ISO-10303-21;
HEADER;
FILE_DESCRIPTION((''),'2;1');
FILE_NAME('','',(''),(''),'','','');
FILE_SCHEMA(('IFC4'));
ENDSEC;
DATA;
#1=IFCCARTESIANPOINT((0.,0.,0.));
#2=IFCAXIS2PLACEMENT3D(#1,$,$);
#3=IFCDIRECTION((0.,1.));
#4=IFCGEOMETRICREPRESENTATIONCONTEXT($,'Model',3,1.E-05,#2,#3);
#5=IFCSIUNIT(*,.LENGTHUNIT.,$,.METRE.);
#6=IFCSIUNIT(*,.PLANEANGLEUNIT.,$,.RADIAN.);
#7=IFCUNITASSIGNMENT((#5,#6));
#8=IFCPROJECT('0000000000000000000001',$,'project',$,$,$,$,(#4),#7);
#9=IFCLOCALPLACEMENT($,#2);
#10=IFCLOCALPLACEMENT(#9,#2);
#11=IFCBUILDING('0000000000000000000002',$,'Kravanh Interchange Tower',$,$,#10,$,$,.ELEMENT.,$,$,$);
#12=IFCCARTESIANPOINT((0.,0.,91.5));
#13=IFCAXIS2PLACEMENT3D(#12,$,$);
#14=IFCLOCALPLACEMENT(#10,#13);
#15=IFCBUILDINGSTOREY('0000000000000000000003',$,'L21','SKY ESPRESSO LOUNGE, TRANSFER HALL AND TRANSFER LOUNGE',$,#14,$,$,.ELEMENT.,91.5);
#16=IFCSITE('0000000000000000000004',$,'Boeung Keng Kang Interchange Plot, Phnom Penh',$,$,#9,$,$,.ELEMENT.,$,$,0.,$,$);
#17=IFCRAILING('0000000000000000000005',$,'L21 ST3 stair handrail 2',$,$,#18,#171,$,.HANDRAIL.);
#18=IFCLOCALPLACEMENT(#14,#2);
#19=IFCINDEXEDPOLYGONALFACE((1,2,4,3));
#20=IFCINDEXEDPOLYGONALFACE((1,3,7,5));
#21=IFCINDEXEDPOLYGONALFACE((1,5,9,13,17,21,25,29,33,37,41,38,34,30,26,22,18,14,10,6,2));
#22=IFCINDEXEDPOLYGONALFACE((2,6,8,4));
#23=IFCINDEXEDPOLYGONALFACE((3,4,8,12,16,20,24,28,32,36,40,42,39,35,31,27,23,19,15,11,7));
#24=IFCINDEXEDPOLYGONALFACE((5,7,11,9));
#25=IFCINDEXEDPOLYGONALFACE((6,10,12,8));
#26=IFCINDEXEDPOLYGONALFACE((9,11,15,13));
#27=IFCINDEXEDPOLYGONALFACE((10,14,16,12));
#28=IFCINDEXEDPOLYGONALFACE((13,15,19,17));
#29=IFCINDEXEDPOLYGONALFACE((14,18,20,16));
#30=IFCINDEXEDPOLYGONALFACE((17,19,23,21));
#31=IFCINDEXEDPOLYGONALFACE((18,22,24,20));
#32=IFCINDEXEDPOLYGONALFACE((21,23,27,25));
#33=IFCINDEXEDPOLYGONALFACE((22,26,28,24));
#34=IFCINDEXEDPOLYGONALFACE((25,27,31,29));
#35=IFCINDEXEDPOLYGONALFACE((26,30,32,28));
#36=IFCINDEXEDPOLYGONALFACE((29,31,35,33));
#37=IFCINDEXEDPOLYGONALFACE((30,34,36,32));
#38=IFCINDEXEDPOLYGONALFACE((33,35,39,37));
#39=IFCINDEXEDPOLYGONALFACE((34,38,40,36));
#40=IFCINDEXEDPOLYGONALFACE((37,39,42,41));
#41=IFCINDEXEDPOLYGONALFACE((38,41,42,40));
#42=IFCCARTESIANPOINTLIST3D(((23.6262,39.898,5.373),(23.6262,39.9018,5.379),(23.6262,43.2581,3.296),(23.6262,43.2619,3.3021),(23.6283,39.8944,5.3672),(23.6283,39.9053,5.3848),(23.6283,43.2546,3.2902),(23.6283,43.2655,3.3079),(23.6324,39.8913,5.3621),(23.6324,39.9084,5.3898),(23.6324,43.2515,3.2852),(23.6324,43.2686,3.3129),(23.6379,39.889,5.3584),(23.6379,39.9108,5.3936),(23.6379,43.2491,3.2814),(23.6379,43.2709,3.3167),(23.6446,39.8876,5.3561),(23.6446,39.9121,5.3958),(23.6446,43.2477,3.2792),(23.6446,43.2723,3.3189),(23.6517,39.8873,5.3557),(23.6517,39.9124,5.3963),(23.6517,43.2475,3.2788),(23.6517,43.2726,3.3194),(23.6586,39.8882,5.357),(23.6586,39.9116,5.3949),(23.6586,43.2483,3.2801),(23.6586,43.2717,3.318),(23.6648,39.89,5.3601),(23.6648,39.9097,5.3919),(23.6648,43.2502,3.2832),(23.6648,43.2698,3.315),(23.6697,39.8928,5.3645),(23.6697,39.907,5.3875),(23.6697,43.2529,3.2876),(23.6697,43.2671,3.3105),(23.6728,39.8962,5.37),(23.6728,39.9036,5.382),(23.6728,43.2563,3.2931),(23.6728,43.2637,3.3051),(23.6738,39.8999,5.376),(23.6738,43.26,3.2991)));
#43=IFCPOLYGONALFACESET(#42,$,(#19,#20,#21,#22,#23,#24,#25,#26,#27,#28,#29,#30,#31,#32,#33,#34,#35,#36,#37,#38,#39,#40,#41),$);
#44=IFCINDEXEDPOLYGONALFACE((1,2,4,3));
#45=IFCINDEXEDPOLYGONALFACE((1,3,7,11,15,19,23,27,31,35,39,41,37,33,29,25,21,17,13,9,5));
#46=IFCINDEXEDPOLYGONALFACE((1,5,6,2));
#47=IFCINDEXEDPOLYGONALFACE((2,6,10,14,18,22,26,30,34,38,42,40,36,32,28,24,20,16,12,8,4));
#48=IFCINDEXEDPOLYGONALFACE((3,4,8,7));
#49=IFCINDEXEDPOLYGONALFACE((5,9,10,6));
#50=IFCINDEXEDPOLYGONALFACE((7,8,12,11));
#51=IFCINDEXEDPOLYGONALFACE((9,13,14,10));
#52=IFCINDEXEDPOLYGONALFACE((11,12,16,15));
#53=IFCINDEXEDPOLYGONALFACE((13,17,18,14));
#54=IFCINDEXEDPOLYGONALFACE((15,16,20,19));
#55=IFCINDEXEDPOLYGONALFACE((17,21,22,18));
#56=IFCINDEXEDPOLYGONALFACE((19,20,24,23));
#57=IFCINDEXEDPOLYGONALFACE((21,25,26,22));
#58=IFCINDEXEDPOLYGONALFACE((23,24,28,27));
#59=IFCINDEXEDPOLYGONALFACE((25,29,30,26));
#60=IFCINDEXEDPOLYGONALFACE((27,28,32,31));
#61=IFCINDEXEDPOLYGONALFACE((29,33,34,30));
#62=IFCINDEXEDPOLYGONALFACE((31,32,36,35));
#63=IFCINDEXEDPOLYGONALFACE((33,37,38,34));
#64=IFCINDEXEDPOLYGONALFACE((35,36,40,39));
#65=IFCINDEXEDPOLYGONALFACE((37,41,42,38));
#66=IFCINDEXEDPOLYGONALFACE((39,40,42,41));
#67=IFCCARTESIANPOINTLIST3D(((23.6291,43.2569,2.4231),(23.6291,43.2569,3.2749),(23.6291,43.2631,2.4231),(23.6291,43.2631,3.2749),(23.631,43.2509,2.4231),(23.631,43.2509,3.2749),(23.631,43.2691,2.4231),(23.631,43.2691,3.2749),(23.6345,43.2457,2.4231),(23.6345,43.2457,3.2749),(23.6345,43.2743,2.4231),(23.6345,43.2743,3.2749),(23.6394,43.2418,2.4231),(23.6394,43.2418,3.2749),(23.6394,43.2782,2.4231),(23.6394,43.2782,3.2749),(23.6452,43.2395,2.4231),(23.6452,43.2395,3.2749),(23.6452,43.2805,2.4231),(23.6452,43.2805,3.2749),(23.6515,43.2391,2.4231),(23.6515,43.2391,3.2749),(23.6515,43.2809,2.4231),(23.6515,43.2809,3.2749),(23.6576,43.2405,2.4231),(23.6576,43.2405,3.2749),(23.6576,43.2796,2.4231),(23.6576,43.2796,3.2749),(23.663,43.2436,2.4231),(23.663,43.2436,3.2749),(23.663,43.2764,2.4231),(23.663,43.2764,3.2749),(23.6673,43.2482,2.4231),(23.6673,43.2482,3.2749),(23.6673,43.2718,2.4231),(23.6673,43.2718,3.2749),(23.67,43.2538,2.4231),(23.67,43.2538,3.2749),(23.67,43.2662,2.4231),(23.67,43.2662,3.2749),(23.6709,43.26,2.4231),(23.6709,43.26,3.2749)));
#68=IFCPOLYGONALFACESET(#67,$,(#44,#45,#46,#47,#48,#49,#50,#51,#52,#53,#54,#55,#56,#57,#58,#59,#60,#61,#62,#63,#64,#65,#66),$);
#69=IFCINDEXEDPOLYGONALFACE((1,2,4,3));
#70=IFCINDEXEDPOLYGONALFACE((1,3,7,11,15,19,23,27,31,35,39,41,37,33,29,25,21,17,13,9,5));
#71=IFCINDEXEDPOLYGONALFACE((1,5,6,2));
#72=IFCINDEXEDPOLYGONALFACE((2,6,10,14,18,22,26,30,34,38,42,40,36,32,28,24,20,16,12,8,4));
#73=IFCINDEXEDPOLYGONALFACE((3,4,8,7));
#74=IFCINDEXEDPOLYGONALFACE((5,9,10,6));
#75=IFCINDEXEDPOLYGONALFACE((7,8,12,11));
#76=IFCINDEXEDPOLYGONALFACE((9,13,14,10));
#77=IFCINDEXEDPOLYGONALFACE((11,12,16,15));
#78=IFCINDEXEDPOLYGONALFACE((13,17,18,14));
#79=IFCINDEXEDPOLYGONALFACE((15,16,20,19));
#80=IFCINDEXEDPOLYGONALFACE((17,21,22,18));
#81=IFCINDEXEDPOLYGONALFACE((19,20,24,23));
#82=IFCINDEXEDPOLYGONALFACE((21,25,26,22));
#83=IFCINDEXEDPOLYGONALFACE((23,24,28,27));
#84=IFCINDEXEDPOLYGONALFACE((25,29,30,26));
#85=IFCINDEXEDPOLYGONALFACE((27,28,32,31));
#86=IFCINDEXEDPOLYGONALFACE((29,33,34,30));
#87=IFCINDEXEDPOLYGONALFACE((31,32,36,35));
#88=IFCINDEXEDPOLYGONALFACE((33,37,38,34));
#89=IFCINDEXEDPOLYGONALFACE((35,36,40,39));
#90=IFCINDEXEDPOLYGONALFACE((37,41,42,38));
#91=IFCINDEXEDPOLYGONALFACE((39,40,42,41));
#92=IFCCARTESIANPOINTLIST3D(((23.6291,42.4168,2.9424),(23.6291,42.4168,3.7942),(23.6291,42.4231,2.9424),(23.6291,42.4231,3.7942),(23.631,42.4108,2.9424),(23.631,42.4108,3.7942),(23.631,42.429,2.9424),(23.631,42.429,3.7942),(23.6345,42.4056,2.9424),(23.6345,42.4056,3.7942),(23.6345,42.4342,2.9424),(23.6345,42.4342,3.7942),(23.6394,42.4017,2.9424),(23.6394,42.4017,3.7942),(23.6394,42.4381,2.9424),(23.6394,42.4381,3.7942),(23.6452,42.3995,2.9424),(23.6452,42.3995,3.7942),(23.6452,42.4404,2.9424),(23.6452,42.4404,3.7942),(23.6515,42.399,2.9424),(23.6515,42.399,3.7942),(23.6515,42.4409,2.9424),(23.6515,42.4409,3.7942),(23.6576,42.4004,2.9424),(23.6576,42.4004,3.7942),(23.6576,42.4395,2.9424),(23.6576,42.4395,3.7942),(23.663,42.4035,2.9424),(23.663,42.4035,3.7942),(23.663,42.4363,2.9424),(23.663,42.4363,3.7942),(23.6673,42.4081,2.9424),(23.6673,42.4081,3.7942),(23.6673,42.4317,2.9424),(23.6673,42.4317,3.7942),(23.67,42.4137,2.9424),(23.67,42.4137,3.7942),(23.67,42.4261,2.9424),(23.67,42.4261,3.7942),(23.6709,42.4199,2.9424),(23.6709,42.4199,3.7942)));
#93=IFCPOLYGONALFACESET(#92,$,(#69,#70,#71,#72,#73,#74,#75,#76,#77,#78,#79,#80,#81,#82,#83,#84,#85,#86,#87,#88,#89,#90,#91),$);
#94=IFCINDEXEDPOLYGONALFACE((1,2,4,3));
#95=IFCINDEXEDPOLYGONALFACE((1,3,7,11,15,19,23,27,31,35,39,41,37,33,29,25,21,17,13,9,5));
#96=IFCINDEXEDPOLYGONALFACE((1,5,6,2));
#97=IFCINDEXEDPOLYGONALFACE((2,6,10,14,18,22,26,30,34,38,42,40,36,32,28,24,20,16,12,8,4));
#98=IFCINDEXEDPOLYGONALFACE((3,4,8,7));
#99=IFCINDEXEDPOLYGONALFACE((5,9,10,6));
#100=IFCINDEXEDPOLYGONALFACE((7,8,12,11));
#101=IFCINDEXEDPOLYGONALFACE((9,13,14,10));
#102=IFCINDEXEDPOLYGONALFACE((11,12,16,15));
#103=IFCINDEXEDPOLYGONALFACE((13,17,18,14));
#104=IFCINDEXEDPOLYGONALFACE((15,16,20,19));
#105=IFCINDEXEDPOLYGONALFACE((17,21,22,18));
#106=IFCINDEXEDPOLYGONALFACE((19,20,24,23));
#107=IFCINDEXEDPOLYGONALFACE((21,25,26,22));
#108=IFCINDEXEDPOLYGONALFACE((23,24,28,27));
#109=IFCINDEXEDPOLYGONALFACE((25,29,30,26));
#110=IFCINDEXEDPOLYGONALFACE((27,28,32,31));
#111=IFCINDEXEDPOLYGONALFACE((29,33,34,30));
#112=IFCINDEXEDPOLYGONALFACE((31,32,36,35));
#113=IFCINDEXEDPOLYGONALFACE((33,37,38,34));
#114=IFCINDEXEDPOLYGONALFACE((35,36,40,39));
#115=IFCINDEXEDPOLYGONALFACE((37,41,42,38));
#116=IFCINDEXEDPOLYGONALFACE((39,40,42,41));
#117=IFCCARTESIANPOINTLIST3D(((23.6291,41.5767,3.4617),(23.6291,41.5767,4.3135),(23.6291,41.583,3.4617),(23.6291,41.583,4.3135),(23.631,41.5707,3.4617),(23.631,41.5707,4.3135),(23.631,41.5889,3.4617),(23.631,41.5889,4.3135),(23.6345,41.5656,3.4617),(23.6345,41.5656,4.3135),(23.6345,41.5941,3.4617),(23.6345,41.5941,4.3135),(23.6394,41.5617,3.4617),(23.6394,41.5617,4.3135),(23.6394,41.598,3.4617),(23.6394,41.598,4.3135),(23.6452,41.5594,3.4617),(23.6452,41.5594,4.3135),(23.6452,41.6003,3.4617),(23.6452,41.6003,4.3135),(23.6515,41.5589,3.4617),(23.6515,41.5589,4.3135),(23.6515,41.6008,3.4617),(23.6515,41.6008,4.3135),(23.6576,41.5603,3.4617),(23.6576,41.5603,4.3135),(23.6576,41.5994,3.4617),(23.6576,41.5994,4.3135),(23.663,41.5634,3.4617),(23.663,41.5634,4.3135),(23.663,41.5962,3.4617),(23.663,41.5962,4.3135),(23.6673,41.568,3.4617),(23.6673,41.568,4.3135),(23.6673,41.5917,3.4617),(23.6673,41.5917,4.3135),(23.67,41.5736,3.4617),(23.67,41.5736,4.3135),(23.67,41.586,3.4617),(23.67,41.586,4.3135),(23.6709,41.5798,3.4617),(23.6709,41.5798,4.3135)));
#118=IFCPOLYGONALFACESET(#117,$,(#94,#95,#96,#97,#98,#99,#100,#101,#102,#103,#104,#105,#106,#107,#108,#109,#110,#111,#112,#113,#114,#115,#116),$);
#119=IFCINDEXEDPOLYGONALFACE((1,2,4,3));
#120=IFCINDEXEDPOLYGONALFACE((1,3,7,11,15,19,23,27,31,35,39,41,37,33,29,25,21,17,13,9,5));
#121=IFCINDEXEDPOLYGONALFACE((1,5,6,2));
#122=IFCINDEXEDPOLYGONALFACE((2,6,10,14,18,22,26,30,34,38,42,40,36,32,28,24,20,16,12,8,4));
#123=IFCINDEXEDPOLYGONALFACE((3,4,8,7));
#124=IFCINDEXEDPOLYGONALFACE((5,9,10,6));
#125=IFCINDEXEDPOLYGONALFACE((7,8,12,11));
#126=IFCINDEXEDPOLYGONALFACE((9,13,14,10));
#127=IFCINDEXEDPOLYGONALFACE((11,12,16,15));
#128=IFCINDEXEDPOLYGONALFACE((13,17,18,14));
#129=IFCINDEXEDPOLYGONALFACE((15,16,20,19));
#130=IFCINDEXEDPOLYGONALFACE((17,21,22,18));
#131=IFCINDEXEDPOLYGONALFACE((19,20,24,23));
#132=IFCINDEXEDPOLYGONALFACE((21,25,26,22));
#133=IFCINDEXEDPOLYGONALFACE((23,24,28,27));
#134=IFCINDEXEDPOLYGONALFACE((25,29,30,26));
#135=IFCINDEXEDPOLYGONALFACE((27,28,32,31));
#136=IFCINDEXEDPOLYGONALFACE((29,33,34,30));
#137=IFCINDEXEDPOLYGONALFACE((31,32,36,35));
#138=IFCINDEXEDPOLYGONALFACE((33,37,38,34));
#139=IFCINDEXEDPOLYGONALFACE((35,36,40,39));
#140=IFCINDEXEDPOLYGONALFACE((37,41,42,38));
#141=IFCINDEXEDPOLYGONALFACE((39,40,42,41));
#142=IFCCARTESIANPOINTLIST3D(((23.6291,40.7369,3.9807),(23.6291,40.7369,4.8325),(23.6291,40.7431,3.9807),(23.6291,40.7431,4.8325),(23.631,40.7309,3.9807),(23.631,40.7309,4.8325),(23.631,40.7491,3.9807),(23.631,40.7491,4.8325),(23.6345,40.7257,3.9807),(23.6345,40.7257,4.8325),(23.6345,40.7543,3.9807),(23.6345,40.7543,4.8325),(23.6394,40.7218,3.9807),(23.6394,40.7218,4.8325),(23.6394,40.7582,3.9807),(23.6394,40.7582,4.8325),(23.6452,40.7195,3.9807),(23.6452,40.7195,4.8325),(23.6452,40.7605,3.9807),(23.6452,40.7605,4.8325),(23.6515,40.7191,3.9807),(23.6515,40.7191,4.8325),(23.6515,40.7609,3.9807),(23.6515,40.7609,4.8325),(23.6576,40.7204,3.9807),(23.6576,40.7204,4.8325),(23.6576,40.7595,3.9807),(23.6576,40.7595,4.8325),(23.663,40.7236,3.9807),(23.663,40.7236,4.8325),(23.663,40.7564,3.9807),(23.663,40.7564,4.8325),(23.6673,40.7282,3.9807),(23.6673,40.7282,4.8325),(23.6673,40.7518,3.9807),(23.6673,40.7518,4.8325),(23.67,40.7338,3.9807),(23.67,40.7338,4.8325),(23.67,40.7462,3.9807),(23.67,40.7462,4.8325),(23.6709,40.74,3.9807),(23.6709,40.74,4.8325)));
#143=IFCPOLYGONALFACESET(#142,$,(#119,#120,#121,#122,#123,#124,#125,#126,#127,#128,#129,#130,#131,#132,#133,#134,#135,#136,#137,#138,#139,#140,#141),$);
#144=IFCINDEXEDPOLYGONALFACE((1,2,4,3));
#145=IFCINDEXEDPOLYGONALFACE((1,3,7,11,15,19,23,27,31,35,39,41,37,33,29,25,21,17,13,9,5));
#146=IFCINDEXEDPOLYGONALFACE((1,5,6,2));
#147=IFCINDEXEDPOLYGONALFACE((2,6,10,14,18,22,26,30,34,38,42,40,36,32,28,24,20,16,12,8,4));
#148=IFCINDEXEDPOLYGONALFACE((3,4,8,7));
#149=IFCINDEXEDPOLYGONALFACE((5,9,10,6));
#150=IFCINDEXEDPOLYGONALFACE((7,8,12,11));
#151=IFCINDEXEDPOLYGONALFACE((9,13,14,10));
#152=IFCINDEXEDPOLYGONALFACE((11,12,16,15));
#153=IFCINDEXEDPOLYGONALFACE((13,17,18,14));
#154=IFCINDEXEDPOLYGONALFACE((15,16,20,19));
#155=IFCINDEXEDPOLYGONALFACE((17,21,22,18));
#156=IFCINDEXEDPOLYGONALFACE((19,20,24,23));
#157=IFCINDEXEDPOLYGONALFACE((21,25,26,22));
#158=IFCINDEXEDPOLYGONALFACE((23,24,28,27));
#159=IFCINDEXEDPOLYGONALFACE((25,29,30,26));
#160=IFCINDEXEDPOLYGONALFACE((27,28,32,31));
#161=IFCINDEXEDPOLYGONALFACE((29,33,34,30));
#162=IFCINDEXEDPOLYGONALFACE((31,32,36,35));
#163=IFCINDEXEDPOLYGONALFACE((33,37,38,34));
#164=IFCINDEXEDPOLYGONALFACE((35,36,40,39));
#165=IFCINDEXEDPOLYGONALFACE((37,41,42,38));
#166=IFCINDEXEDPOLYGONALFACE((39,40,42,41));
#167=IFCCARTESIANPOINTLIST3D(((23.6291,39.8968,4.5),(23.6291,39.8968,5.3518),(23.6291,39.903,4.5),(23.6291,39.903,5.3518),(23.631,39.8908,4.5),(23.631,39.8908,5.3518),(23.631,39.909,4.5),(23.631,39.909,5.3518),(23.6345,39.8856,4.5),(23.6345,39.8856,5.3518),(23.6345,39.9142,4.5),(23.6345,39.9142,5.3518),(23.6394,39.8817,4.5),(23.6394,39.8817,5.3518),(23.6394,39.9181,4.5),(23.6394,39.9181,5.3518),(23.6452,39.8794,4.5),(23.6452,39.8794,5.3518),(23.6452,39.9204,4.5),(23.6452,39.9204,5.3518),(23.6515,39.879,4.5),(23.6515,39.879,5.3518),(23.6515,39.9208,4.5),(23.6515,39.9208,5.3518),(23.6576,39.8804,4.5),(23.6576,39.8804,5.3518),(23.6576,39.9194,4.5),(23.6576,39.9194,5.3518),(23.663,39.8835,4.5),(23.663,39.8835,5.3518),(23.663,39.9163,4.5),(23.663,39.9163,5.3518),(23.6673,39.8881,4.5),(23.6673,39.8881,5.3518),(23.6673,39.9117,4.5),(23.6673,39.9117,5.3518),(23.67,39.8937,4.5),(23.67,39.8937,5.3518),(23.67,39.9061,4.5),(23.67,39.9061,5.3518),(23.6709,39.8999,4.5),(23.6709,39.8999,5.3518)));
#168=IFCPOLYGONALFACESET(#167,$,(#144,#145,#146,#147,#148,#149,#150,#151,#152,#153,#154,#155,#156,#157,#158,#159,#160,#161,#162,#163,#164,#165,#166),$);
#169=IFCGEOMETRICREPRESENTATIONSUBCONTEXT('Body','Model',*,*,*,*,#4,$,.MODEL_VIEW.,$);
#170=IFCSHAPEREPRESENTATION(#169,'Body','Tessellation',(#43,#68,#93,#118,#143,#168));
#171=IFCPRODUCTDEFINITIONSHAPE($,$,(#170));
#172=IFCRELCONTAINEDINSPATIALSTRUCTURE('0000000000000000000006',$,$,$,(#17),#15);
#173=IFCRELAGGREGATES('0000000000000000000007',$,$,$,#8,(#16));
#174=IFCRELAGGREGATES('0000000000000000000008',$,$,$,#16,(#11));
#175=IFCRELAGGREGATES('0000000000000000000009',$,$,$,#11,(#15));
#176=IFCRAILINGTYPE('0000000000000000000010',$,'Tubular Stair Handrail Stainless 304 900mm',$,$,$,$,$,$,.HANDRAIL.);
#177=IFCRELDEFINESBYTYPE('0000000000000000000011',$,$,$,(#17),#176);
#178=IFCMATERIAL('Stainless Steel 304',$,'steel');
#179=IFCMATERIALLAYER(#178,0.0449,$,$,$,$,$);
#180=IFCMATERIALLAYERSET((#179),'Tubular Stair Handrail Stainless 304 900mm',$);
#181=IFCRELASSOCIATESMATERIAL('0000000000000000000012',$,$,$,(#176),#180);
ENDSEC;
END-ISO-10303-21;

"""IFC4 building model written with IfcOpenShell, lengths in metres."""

from ifc_helpers import new_model, si_unit, direction, frame, origin, origin_2d, place, context, subcontext, project, spatial, circle, extrude, material, layer, layer_set, type_object, element, save


model = new_model("IFC4")

# Units and contexts
model_context = context("Model", 3, precision=1e-05, world=origin(), true_north=direction((0.0, 1.0)))
body_context = subcontext(model_context, "Body", "Model", "MODEL_VIEW")
ifc_project = project(units=[si_unit("LENGTHUNIT", "METRE"), si_unit("PLANEANGLEUNIT", "RADIAN")], contexts=[model_context])

# Site, building, storey
site_placement = place(None, origin())
site = spatial("IfcSite", under=ifc_project, at=site_placement, Name="Boeung Keng Kang Interchange Plot, Phnom Penh", CompositionType="ELEMENT", RefElevation=0.0)
building_placement = place(site_placement, origin())
building = spatial("IfcBuilding", under=site, at=building_placement, Name="Kravanh Interchange Tower", CompositionType="ELEMENT")
storey_placement = place(building_placement, frame((0.0, 0.0, 91.5)))
storey = spatial("IfcBuildingStorey", under=building, at=storey_placement, Name="L21", Description="SKY ESPRESSO LOUNGE, TRANSFER HALL AND TRANSFER LOUNGE", CompositionType="ELEMENT", Elevation=91.5)

# Railing
ifc_material_1 = material(Name="Stainless Steel 304", Category="steel")
ifc_layer_1 = layer(ifc_material_1, 0.0449)
ifc_layer_set_1 = layer_set([ifc_layer_1], Name="Tubular Stair Handrail Stainless 304 900mm")
railing_type_1 = type_object("IfcRailingType", Name="Tubular Stair Handrail Stainless 304 900mm", PredefinedType="HANDRAIL", material=ifc_layer_set_1)
railing_1_placement = place(storey_placement, frame((23.6499, 43.26, 2.4231)))
element("IfcRailing", 1, at=railing_1_placement, inside=storey, type_object=railing_type_1, Name="L21 ST3 stair handrail 2", PredefinedType="HANDRAIL", context=body_context, shape_type="SweptSolid", body=[
    extrude(circle(Radius=0.0239, at=origin_2d()), frame((0.0, 0.0, 0.876), z_axis=(0.0, -0.850623, 0.525776), x_axis=(1.0, 0.0, 0.0)), (0.0, 0.0, 1.0), 3.9502),
    extrude(circle(Radius=0.021, at=origin_2d()), origin(), (0.0, 0.0, 1.0), 0.8518),
    extrude(circle(Radius=0.021, at=origin_2d()), frame((0.0, -0.8401, 0.5193)), (0.0, 0.0, 1.0), 0.8518),
    extrude(circle(Radius=0.021, at=origin_2d()), frame((0.0, -1.6802, 1.0386)), (0.0, 0.0, 1.0), 0.8518),
    extrude(circle(Radius=0.021, at=origin_2d()), frame((0.0, -2.52, 1.5576)), (0.0, 0.0, 1.0), 0.8518),
    extrude(circle(Radius=0.021, at=origin_2d()), frame((0.0, -3.3601, 2.0769)), (0.0, 0.0, 1.0), 0.8518),
])

save(model, "model.ifc")
